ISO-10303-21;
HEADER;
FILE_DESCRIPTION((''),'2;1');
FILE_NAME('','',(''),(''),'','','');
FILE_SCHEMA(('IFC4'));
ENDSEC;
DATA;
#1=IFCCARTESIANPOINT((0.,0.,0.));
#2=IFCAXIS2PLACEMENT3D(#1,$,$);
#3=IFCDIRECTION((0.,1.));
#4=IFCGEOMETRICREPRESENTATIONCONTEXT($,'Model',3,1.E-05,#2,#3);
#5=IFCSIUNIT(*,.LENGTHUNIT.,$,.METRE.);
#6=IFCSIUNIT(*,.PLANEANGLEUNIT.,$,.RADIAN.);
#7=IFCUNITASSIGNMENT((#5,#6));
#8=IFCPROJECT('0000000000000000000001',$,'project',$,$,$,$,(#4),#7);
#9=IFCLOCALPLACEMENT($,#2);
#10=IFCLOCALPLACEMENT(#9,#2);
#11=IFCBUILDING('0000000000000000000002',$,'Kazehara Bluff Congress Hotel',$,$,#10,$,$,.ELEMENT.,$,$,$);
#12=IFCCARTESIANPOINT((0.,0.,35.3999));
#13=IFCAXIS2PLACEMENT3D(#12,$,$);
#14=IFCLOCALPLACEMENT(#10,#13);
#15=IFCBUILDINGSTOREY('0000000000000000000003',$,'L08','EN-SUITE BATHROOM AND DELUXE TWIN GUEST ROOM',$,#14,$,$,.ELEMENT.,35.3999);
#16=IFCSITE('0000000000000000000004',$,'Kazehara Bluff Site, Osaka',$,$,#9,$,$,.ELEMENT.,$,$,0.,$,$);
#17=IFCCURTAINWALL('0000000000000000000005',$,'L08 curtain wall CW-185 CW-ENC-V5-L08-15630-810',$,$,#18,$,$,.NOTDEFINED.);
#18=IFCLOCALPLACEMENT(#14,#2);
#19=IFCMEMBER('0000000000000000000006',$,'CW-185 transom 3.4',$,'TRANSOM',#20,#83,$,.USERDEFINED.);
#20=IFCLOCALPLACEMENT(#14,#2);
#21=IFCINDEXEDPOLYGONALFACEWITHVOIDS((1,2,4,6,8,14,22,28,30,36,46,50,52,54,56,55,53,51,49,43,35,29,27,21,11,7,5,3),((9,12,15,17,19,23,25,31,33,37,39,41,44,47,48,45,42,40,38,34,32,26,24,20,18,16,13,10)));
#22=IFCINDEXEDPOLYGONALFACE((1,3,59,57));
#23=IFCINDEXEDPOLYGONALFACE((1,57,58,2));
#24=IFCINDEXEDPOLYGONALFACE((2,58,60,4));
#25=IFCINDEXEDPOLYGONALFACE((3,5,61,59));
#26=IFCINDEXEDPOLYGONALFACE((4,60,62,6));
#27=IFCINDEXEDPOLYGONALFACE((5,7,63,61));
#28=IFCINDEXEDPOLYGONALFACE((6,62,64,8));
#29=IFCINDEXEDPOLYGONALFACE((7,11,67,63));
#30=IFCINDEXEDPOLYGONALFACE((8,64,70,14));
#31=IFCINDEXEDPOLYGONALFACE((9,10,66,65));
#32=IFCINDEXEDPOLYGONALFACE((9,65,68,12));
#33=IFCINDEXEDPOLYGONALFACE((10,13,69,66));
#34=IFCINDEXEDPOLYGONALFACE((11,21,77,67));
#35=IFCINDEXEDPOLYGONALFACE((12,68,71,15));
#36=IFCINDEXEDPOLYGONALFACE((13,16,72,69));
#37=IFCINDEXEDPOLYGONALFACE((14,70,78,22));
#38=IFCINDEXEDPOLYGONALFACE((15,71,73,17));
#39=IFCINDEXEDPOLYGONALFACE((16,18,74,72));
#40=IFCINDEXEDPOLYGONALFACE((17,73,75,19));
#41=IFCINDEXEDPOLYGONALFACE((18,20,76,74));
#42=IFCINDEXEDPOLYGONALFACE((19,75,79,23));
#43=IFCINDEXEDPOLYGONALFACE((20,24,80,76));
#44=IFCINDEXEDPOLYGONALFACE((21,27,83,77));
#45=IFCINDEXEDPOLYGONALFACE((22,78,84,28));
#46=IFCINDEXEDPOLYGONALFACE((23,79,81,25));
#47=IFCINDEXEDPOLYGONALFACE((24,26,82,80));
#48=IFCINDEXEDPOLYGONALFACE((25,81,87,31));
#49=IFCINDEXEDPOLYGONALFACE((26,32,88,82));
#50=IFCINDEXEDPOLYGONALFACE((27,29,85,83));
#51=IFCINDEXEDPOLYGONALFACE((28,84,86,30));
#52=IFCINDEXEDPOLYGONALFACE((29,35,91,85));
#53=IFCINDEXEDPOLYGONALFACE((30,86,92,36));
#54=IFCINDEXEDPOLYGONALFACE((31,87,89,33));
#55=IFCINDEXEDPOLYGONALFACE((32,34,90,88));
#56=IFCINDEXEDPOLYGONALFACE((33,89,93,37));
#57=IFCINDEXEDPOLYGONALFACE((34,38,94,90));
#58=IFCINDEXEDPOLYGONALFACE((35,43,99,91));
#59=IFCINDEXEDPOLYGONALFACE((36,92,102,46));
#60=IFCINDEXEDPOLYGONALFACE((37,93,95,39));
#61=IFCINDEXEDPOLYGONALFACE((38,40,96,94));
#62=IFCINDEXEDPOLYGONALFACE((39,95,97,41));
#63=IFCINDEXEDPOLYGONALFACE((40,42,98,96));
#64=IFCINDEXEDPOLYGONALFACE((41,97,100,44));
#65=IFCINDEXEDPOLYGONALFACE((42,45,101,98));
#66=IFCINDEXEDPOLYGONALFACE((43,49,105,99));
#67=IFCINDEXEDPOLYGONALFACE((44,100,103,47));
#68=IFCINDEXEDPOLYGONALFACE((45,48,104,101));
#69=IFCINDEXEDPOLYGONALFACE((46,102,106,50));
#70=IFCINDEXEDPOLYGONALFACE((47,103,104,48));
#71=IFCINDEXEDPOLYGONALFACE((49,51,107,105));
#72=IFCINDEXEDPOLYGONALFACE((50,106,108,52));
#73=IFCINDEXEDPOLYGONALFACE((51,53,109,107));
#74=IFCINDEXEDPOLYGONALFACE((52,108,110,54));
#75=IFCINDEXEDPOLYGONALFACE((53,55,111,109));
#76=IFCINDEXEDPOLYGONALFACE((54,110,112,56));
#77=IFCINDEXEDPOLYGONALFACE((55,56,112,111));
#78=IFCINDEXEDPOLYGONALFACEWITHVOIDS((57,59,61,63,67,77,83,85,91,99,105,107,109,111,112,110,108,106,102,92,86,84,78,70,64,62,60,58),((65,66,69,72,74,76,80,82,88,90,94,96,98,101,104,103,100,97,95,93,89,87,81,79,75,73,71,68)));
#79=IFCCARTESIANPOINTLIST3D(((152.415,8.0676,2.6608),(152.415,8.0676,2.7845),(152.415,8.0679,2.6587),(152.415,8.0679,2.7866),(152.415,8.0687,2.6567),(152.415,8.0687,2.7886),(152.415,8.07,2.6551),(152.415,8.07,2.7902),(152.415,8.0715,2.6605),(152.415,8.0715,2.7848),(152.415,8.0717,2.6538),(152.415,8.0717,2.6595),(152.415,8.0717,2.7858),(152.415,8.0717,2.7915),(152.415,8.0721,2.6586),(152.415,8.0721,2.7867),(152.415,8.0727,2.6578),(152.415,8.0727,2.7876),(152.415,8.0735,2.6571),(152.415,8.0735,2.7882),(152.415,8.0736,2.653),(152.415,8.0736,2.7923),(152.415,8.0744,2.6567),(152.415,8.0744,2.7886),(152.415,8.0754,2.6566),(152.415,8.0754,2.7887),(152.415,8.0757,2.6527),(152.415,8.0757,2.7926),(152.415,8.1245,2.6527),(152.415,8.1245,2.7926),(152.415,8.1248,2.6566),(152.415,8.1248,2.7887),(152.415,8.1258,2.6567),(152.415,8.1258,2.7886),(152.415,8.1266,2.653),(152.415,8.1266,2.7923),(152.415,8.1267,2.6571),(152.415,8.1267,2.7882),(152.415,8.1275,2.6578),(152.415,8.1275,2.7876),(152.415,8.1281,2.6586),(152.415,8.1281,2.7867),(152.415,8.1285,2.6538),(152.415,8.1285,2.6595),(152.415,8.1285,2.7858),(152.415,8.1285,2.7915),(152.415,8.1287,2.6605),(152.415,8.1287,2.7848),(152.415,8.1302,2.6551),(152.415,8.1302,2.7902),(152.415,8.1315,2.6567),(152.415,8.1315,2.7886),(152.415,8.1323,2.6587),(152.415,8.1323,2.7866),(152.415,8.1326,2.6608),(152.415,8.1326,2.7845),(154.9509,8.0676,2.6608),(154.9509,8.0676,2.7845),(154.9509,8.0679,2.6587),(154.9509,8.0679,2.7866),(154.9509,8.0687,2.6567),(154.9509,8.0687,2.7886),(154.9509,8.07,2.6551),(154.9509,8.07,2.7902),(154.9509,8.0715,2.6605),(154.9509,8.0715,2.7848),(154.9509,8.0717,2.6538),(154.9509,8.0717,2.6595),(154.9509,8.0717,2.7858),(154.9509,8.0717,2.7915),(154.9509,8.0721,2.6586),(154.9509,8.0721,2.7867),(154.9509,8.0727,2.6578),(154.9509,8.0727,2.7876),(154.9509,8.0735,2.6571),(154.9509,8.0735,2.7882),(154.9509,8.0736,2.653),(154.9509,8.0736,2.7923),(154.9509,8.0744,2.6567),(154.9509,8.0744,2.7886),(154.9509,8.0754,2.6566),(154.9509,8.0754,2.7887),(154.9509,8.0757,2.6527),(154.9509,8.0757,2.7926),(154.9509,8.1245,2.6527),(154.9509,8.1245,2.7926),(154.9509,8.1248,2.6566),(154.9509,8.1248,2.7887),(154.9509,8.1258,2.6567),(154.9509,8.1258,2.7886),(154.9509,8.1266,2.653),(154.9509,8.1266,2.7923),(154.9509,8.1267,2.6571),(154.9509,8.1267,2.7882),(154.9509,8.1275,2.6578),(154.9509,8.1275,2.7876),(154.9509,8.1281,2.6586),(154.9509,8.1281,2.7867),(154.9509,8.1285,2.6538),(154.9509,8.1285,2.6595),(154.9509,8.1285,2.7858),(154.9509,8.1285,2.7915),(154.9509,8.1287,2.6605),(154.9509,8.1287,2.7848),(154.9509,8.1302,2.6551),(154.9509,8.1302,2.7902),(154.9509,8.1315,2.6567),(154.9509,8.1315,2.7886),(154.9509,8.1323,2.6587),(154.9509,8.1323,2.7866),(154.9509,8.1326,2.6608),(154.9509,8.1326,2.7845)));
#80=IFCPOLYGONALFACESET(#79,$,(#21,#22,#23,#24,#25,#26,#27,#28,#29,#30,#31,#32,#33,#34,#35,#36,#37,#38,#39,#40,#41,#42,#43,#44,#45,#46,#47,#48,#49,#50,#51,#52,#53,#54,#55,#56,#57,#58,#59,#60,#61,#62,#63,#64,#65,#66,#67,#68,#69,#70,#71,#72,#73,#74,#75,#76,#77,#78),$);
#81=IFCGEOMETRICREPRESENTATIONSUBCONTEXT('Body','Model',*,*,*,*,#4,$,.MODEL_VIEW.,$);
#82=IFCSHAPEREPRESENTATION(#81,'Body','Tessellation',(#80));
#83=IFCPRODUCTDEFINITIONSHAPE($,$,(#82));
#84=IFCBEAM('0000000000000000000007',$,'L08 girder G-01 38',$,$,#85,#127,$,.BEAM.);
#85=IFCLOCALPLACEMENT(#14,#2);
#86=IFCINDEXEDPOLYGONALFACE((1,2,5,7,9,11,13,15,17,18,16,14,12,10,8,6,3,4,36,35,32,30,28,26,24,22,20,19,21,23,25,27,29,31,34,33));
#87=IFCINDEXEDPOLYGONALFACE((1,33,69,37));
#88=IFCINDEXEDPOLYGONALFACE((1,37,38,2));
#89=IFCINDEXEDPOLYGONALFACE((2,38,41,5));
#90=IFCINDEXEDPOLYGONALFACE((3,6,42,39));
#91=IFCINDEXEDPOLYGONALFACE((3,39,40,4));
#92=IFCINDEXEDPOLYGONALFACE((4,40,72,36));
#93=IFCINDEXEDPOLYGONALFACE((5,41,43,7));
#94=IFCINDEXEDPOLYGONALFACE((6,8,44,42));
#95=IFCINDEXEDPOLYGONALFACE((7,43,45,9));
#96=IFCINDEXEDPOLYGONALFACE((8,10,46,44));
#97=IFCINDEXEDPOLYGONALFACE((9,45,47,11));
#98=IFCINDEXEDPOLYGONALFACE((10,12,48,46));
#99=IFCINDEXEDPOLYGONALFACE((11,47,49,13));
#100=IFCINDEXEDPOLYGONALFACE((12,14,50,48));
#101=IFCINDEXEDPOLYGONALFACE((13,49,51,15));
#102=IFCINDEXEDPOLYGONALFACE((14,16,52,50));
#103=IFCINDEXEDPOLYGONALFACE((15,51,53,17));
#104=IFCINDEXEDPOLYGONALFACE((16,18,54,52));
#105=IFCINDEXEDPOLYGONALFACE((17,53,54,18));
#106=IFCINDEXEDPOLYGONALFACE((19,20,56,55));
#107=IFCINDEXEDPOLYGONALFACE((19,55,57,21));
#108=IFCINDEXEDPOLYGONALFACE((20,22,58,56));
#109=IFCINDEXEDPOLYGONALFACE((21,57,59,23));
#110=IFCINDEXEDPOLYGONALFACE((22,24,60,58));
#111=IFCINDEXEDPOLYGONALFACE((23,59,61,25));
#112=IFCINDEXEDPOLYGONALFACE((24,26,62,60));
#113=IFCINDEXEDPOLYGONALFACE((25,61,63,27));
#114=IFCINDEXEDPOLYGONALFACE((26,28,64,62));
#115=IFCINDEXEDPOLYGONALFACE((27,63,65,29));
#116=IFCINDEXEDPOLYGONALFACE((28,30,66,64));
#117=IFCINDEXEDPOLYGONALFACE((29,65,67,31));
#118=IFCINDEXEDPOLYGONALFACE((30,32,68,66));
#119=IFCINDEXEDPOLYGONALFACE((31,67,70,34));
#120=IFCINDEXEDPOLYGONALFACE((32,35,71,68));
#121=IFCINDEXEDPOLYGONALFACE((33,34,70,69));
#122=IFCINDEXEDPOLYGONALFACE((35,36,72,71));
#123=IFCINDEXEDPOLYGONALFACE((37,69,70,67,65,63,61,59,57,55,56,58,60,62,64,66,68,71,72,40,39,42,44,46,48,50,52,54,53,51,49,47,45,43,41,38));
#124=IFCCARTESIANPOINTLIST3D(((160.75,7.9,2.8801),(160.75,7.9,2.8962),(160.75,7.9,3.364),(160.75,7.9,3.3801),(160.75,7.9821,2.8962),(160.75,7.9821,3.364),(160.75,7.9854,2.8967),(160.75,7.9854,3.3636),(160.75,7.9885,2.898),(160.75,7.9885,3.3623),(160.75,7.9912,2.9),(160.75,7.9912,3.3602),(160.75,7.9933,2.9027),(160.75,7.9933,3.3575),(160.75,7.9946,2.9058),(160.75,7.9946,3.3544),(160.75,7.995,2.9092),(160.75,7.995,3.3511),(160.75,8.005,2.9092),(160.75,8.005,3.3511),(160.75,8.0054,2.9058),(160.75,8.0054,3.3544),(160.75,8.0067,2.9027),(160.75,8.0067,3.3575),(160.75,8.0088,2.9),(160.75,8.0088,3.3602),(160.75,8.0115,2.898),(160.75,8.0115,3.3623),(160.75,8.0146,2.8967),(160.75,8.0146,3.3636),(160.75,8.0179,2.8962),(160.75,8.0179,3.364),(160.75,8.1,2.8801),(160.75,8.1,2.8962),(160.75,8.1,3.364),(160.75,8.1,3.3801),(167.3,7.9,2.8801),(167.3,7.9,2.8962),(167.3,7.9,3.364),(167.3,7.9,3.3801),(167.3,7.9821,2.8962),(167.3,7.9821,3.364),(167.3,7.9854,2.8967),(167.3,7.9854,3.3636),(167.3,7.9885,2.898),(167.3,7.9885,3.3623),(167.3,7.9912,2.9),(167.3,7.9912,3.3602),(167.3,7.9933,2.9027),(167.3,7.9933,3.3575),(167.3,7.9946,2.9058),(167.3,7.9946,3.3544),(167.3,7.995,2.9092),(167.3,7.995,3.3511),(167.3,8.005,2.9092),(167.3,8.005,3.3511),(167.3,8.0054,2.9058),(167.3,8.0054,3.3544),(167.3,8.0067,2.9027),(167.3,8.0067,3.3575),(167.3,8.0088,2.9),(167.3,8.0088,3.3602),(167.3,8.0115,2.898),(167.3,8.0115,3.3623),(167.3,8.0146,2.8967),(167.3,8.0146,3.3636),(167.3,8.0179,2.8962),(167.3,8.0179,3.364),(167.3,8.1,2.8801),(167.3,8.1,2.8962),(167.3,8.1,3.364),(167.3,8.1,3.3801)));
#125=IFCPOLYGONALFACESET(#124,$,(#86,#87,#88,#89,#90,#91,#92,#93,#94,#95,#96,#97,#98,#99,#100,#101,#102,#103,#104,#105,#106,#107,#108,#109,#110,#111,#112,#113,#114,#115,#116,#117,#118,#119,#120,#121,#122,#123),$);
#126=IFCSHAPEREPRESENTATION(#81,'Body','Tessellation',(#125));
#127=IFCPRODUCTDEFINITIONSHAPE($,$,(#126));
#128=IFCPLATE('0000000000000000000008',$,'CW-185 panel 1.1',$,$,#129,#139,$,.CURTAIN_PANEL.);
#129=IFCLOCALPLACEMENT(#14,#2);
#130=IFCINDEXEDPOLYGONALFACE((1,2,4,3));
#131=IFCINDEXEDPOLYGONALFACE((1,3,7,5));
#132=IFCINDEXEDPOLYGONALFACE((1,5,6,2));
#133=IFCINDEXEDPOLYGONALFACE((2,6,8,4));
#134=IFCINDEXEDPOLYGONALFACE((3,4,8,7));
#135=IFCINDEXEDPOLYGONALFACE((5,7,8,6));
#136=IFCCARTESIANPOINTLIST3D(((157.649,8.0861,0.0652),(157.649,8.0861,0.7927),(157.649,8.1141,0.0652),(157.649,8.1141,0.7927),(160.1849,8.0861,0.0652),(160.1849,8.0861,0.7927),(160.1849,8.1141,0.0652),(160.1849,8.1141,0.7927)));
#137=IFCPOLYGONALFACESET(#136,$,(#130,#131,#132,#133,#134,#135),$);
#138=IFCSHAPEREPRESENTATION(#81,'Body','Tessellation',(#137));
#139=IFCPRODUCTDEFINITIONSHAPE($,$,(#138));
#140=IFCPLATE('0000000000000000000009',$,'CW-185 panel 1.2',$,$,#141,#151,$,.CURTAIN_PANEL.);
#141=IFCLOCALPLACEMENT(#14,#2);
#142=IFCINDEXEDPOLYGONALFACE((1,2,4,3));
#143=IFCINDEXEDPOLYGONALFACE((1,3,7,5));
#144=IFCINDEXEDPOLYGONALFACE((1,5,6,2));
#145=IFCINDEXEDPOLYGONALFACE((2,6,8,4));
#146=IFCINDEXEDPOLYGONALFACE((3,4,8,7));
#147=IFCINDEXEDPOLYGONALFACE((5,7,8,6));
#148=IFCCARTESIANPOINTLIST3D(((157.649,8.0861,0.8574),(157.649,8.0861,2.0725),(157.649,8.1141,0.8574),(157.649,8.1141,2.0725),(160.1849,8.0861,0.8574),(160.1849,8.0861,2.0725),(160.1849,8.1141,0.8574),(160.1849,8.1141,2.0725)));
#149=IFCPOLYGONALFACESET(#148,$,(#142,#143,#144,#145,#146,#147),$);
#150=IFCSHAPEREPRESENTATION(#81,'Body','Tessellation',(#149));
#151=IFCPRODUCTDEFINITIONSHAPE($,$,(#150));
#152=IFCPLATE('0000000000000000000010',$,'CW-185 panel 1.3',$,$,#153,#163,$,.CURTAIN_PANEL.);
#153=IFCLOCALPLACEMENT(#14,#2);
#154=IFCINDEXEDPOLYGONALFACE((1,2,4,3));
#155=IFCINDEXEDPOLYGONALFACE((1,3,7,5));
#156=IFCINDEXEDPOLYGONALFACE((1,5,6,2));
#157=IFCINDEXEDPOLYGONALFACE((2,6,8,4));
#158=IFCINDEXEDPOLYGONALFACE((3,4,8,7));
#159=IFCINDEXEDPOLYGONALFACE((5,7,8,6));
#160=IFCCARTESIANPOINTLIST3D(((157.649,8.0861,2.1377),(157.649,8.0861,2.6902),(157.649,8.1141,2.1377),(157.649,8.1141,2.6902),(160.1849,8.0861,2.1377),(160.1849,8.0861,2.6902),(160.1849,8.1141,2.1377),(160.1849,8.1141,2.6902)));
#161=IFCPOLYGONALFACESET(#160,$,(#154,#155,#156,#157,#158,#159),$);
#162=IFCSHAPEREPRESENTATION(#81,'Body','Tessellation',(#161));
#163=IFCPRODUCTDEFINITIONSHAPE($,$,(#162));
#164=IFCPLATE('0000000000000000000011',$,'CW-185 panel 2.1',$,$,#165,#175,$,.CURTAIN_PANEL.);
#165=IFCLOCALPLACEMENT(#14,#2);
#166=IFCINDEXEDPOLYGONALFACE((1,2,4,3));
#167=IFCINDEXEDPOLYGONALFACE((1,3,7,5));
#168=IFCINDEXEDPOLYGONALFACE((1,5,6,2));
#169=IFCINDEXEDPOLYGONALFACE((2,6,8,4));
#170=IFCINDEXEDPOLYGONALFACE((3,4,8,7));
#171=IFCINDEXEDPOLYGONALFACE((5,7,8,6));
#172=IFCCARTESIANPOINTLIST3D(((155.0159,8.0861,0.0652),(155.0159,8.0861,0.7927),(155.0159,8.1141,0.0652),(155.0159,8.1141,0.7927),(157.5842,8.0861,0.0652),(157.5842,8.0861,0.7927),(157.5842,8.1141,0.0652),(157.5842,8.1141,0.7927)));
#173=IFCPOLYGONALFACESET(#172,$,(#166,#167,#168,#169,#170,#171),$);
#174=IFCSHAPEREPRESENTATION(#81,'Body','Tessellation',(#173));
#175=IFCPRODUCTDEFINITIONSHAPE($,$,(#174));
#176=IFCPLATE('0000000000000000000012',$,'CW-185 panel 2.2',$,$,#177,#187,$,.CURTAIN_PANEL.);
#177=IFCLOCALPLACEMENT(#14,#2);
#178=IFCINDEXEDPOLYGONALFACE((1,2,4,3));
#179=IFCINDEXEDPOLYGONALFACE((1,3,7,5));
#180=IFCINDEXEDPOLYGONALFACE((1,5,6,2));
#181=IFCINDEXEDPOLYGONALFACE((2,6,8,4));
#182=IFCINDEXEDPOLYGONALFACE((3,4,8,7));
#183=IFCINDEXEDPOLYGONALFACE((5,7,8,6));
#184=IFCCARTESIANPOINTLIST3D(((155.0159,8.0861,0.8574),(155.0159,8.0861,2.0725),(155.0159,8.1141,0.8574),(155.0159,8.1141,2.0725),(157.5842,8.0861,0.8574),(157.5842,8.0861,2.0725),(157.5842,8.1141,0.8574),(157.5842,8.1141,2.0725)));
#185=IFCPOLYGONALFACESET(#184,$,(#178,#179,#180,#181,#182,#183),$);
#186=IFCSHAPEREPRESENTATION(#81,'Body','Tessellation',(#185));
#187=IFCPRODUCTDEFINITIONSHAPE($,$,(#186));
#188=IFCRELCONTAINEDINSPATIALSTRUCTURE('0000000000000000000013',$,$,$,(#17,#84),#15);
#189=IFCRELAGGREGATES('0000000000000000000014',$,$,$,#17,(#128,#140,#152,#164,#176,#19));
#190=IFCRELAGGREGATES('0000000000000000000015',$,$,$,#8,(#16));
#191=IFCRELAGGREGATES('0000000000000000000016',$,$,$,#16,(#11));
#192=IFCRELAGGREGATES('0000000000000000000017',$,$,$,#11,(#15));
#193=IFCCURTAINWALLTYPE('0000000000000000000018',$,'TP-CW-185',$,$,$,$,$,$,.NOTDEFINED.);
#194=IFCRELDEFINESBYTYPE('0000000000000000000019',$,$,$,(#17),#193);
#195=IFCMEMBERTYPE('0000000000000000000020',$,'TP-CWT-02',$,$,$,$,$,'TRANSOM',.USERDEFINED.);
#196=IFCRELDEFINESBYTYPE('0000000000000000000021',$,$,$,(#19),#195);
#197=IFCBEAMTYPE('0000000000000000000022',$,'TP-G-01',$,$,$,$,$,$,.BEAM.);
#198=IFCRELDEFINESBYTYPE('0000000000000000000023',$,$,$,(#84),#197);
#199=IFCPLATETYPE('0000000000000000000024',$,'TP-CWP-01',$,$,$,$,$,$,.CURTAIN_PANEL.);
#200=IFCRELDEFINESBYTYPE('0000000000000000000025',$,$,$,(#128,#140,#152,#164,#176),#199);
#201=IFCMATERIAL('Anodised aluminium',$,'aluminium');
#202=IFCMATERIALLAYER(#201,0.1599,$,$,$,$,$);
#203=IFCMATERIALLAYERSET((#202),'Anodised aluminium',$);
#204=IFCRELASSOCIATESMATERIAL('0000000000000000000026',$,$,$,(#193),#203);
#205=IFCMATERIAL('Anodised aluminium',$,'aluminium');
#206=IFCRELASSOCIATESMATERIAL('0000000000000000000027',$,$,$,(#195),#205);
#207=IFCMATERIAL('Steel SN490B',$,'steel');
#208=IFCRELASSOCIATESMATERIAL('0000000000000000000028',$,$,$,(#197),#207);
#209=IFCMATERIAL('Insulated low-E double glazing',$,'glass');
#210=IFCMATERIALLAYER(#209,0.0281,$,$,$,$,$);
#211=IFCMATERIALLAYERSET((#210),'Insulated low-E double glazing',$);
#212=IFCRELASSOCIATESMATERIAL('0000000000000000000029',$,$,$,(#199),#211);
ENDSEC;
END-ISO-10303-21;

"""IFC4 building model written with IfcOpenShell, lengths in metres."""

from ifc_helpers import new_model, si_unit, direction, frame, origin, origin_2d, place, context, subcontext, project, spatial, rectangle, hollow_rectangle, i_section, extrude, material, layer, layer_set, material_profile, profile_set, type_object, element, aggregate, save


model = new_model("IFC4")

# Units and contexts
model_context = context("Model", 3, precision=1e-05, world=origin(), true_north=direction((0.0, 1.0)))
body_context = subcontext(model_context, "Body", "Model", "MODEL_VIEW")
ifc_project = project(units=[si_unit("LENGTHUNIT", "METRE"), si_unit("PLANEANGLEUNIT", "RADIAN")], contexts=[model_context])

# Site, building, storey
site_placement = place(None, origin())
site = spatial("IfcSite", under=ifc_project, at=site_placement, Name="Kazehara Bluff Site, Osaka", CompositionType="ELEMENT", RefElevation=0.0)
building_placement = place(site_placement, origin())
building = spatial("IfcBuilding", under=site, at=building_placement, Name="Kazehara Bluff Congress Hotel", CompositionType="ELEMENT")
storey_placement = place(building_placement, frame((0.0, 0.0, 35.3999)))
storey = spatial("IfcBuildingStorey", under=building, at=storey_placement, Name="L08", Description="EN-SUITE BATHROOM AND DELUXE TWIN GUEST ROOM", CompositionType="ELEMENT", Elevation=35.3999)

# Curtain wall, member
ifc_material_1 = material(Name="Anodised aluminium", Category="aluminium")
ifc_layer_1 = layer(ifc_material_1, 0.1599)
ifc_layer_set_1 = layer_set([ifc_layer_1], Name="Anodised aluminium")
curtain_wall_type = type_object("IfcCurtainWallType", Name="TP-CW-185", PredefinedType="NOTDEFINED", material=ifc_layer_set_1)
curtain_wall_placement = place(storey_placement, origin())
curtain_wall = element("IfcCurtainWall", 1, at=curtain_wall_placement, inside=storey, type_object=curtain_wall_type, Name="L08 curtain wall CW-185 CW-ENC-V5-L08-15630-810", PredefinedType="NOTDEFINED")
ifc_material_2 = material(Name="Anodised aluminium", Category="aluminium")
ifc_material_profile_1 = material_profile(ifc_material_2, hollow_rectangle(XDim=0.0649, YDim=0.1399, WallThickness=0.0039, InnerFilletRadius=0.0039, OuterFilletRadius=0.0081, at=origin_2d()))
ifc_profile_set_1 = profile_set([ifc_material_profile_1], Name="Anodised aluminium")
member_type_1 = type_object("IfcMemberType", Name="TP-CWT-02", ElementType="TRANSOM", PredefinedType="USERDEFINED", material=ifc_profile_set_1)
member_1_placement = place(storey_placement, frame((154.9509, 8.1001, 2.7227), z_axis=(-1.0, 0.0, 0.0), x_axis=(0.0, -1.0, 0.0)))
member_1 = element("IfcMember", 2, at=member_1_placement, type_object=member_type_1, Name="CW-185 transom 3.4", ObjectType="TRANSOM", PredefinedType="USERDEFINED", context=body_context, shape_type="SweptSolid", body=[
    extrude(hollow_rectangle(XDim=0.0649, YDim=0.1399, WallThickness=0.0039, InnerFilletRadius=0.0039, OuterFilletRadius=0.0081, at=origin_2d()), origin(), (0.0, 0.0, 1.0), 2.5359),
])

# Beam
ifc_material_3 = material(Name="Steel SN490B", Category="steel")
ifc_material_profile_2 = material_profile(ifc_material_3, i_section(OverallWidth=0.2, OverallDepth=0.5, WebThickness=0.01, FlangeThickness=0.0161, FilletRadius=0.0129, at=origin_2d()))
ifc_profile_set_2 = profile_set([ifc_material_profile_2], Name="Steel SN490B")
beam_type = type_object("IfcBeamType", Name="TP-G-01", PredefinedType="BEAM", material=ifc_profile_set_2)
beam_placement = place(storey_placement, frame((160.75, 8.0, 3.1301), z_axis=(1.0, 0.0, 0.0), x_axis=(0.0, 1.0, 0.0)))
element("IfcBeam", 3, at=beam_placement, inside=storey, type_object=beam_type, Name="L08 girder G-01 38", PredefinedType="BEAM", context=body_context, shape_type="SweptSolid", body=[
    extrude(i_section(OverallWidth=0.2, OverallDepth=0.5, WebThickness=0.01, FlangeThickness=0.0161, FilletRadius=0.0129, at=origin_2d()), origin(), (0.0, 0.0, 1.0), 6.55),
])

# Plates
ifc_material_4 = material(Name="Insulated low-E double glazing", Category="glass")
ifc_layer_2 = layer(ifc_material_4, 0.0281)
ifc_layer_set_2 = layer_set([ifc_layer_2], Name="Insulated low-E double glazing")
plate_type = type_object("IfcPlateType", Name="TP-CWP-01", PredefinedType="CURTAIN_PANEL", material=ifc_layer_set_2)
plate_1_placement = place(storey_placement, frame((158.917, 8.1001, 0.0652), z_axis=(0.0, 0.0, 1.0), x_axis=(-1.0, 0.0, 0.0)))
plate_1 = element("IfcPlate", 4, at=plate_1_placement, type_object=plate_type, Name="CW-185 panel 1.1", PredefinedType="CURTAIN_PANEL", context=body_context, shape_type="SweptSolid", body=[
    extrude(rectangle(XDim=2.5359, YDim=0.0281, at=origin_2d()), origin(), (0.0, 0.0, 1.0), 0.7275),
])
plate_2_placement = place(storey_placement, frame((158.917, 8.1001, 0.8574), z_axis=(0.0, 0.0, 1.0), x_axis=(-1.0, 0.0, 0.0)))
plate_2 = element("IfcPlate", 5, at=plate_2_placement, type_object=plate_type, Name="CW-185 panel 1.2", PredefinedType="CURTAIN_PANEL", context=body_context, shape_type="SweptSolid", body=[
    extrude(rectangle(XDim=2.5359, YDim=0.0281, at=origin_2d()), origin(), (0.0, 0.0, 1.0), 1.2151),
])
plate_3_placement = place(storey_placement, frame((158.917, 8.1001, 2.1377), z_axis=(0.0, 0.0, 1.0), x_axis=(-1.0, 0.0, 0.0)))
plate_3 = element("IfcPlate", 6, at=plate_3_placement, type_object=plate_type, Name="CW-185 panel 1.3", PredefinedType="CURTAIN_PANEL", context=body_context, shape_type="SweptSolid", body=[
    extrude(rectangle(XDim=2.5359, YDim=0.0281, at=origin_2d()), origin(), (0.0, 0.0, 1.0), 0.5525),
])
plate_4_placement = place(storey_placement, frame((156.3, 8.1001, 0.0652), z_axis=(0.0, 0.0, 1.0), x_axis=(-1.0, 0.0, 0.0)))
plate_4 = element("IfcPlate", 7, at=plate_4_placement, type_object=plate_type, Name="CW-185 panel 2.1", PredefinedType="CURTAIN_PANEL", context=body_context, shape_type="SweptSolid", body=[
    extrude(rectangle(XDim=2.5684, YDim=0.0281, at=origin_2d()), origin(), (0.0, 0.0, 1.0), 0.7275),
])
plate_5_placement = place(storey_placement, frame((156.3, 8.1001, 0.8574), z_axis=(0.0, 0.0, 1.0), x_axis=(-1.0, 0.0, 0.0)))
plate_5 = element("IfcPlate", 8, at=plate_5_placement, type_object=plate_type, Name="CW-185 panel 2.2", PredefinedType="CURTAIN_PANEL", context=body_context, shape_type="SweptSolid", body=[
    extrude(rectangle(XDim=2.5684, YDim=0.0281, at=origin_2d()), origin(), (0.0, 0.0, 1.0), 1.2151),
])
aggregate(curtain_wall, [plate_1, plate_2, plate_3, plate_4, plate_5, member_1])

save(model, "model.ifc")
